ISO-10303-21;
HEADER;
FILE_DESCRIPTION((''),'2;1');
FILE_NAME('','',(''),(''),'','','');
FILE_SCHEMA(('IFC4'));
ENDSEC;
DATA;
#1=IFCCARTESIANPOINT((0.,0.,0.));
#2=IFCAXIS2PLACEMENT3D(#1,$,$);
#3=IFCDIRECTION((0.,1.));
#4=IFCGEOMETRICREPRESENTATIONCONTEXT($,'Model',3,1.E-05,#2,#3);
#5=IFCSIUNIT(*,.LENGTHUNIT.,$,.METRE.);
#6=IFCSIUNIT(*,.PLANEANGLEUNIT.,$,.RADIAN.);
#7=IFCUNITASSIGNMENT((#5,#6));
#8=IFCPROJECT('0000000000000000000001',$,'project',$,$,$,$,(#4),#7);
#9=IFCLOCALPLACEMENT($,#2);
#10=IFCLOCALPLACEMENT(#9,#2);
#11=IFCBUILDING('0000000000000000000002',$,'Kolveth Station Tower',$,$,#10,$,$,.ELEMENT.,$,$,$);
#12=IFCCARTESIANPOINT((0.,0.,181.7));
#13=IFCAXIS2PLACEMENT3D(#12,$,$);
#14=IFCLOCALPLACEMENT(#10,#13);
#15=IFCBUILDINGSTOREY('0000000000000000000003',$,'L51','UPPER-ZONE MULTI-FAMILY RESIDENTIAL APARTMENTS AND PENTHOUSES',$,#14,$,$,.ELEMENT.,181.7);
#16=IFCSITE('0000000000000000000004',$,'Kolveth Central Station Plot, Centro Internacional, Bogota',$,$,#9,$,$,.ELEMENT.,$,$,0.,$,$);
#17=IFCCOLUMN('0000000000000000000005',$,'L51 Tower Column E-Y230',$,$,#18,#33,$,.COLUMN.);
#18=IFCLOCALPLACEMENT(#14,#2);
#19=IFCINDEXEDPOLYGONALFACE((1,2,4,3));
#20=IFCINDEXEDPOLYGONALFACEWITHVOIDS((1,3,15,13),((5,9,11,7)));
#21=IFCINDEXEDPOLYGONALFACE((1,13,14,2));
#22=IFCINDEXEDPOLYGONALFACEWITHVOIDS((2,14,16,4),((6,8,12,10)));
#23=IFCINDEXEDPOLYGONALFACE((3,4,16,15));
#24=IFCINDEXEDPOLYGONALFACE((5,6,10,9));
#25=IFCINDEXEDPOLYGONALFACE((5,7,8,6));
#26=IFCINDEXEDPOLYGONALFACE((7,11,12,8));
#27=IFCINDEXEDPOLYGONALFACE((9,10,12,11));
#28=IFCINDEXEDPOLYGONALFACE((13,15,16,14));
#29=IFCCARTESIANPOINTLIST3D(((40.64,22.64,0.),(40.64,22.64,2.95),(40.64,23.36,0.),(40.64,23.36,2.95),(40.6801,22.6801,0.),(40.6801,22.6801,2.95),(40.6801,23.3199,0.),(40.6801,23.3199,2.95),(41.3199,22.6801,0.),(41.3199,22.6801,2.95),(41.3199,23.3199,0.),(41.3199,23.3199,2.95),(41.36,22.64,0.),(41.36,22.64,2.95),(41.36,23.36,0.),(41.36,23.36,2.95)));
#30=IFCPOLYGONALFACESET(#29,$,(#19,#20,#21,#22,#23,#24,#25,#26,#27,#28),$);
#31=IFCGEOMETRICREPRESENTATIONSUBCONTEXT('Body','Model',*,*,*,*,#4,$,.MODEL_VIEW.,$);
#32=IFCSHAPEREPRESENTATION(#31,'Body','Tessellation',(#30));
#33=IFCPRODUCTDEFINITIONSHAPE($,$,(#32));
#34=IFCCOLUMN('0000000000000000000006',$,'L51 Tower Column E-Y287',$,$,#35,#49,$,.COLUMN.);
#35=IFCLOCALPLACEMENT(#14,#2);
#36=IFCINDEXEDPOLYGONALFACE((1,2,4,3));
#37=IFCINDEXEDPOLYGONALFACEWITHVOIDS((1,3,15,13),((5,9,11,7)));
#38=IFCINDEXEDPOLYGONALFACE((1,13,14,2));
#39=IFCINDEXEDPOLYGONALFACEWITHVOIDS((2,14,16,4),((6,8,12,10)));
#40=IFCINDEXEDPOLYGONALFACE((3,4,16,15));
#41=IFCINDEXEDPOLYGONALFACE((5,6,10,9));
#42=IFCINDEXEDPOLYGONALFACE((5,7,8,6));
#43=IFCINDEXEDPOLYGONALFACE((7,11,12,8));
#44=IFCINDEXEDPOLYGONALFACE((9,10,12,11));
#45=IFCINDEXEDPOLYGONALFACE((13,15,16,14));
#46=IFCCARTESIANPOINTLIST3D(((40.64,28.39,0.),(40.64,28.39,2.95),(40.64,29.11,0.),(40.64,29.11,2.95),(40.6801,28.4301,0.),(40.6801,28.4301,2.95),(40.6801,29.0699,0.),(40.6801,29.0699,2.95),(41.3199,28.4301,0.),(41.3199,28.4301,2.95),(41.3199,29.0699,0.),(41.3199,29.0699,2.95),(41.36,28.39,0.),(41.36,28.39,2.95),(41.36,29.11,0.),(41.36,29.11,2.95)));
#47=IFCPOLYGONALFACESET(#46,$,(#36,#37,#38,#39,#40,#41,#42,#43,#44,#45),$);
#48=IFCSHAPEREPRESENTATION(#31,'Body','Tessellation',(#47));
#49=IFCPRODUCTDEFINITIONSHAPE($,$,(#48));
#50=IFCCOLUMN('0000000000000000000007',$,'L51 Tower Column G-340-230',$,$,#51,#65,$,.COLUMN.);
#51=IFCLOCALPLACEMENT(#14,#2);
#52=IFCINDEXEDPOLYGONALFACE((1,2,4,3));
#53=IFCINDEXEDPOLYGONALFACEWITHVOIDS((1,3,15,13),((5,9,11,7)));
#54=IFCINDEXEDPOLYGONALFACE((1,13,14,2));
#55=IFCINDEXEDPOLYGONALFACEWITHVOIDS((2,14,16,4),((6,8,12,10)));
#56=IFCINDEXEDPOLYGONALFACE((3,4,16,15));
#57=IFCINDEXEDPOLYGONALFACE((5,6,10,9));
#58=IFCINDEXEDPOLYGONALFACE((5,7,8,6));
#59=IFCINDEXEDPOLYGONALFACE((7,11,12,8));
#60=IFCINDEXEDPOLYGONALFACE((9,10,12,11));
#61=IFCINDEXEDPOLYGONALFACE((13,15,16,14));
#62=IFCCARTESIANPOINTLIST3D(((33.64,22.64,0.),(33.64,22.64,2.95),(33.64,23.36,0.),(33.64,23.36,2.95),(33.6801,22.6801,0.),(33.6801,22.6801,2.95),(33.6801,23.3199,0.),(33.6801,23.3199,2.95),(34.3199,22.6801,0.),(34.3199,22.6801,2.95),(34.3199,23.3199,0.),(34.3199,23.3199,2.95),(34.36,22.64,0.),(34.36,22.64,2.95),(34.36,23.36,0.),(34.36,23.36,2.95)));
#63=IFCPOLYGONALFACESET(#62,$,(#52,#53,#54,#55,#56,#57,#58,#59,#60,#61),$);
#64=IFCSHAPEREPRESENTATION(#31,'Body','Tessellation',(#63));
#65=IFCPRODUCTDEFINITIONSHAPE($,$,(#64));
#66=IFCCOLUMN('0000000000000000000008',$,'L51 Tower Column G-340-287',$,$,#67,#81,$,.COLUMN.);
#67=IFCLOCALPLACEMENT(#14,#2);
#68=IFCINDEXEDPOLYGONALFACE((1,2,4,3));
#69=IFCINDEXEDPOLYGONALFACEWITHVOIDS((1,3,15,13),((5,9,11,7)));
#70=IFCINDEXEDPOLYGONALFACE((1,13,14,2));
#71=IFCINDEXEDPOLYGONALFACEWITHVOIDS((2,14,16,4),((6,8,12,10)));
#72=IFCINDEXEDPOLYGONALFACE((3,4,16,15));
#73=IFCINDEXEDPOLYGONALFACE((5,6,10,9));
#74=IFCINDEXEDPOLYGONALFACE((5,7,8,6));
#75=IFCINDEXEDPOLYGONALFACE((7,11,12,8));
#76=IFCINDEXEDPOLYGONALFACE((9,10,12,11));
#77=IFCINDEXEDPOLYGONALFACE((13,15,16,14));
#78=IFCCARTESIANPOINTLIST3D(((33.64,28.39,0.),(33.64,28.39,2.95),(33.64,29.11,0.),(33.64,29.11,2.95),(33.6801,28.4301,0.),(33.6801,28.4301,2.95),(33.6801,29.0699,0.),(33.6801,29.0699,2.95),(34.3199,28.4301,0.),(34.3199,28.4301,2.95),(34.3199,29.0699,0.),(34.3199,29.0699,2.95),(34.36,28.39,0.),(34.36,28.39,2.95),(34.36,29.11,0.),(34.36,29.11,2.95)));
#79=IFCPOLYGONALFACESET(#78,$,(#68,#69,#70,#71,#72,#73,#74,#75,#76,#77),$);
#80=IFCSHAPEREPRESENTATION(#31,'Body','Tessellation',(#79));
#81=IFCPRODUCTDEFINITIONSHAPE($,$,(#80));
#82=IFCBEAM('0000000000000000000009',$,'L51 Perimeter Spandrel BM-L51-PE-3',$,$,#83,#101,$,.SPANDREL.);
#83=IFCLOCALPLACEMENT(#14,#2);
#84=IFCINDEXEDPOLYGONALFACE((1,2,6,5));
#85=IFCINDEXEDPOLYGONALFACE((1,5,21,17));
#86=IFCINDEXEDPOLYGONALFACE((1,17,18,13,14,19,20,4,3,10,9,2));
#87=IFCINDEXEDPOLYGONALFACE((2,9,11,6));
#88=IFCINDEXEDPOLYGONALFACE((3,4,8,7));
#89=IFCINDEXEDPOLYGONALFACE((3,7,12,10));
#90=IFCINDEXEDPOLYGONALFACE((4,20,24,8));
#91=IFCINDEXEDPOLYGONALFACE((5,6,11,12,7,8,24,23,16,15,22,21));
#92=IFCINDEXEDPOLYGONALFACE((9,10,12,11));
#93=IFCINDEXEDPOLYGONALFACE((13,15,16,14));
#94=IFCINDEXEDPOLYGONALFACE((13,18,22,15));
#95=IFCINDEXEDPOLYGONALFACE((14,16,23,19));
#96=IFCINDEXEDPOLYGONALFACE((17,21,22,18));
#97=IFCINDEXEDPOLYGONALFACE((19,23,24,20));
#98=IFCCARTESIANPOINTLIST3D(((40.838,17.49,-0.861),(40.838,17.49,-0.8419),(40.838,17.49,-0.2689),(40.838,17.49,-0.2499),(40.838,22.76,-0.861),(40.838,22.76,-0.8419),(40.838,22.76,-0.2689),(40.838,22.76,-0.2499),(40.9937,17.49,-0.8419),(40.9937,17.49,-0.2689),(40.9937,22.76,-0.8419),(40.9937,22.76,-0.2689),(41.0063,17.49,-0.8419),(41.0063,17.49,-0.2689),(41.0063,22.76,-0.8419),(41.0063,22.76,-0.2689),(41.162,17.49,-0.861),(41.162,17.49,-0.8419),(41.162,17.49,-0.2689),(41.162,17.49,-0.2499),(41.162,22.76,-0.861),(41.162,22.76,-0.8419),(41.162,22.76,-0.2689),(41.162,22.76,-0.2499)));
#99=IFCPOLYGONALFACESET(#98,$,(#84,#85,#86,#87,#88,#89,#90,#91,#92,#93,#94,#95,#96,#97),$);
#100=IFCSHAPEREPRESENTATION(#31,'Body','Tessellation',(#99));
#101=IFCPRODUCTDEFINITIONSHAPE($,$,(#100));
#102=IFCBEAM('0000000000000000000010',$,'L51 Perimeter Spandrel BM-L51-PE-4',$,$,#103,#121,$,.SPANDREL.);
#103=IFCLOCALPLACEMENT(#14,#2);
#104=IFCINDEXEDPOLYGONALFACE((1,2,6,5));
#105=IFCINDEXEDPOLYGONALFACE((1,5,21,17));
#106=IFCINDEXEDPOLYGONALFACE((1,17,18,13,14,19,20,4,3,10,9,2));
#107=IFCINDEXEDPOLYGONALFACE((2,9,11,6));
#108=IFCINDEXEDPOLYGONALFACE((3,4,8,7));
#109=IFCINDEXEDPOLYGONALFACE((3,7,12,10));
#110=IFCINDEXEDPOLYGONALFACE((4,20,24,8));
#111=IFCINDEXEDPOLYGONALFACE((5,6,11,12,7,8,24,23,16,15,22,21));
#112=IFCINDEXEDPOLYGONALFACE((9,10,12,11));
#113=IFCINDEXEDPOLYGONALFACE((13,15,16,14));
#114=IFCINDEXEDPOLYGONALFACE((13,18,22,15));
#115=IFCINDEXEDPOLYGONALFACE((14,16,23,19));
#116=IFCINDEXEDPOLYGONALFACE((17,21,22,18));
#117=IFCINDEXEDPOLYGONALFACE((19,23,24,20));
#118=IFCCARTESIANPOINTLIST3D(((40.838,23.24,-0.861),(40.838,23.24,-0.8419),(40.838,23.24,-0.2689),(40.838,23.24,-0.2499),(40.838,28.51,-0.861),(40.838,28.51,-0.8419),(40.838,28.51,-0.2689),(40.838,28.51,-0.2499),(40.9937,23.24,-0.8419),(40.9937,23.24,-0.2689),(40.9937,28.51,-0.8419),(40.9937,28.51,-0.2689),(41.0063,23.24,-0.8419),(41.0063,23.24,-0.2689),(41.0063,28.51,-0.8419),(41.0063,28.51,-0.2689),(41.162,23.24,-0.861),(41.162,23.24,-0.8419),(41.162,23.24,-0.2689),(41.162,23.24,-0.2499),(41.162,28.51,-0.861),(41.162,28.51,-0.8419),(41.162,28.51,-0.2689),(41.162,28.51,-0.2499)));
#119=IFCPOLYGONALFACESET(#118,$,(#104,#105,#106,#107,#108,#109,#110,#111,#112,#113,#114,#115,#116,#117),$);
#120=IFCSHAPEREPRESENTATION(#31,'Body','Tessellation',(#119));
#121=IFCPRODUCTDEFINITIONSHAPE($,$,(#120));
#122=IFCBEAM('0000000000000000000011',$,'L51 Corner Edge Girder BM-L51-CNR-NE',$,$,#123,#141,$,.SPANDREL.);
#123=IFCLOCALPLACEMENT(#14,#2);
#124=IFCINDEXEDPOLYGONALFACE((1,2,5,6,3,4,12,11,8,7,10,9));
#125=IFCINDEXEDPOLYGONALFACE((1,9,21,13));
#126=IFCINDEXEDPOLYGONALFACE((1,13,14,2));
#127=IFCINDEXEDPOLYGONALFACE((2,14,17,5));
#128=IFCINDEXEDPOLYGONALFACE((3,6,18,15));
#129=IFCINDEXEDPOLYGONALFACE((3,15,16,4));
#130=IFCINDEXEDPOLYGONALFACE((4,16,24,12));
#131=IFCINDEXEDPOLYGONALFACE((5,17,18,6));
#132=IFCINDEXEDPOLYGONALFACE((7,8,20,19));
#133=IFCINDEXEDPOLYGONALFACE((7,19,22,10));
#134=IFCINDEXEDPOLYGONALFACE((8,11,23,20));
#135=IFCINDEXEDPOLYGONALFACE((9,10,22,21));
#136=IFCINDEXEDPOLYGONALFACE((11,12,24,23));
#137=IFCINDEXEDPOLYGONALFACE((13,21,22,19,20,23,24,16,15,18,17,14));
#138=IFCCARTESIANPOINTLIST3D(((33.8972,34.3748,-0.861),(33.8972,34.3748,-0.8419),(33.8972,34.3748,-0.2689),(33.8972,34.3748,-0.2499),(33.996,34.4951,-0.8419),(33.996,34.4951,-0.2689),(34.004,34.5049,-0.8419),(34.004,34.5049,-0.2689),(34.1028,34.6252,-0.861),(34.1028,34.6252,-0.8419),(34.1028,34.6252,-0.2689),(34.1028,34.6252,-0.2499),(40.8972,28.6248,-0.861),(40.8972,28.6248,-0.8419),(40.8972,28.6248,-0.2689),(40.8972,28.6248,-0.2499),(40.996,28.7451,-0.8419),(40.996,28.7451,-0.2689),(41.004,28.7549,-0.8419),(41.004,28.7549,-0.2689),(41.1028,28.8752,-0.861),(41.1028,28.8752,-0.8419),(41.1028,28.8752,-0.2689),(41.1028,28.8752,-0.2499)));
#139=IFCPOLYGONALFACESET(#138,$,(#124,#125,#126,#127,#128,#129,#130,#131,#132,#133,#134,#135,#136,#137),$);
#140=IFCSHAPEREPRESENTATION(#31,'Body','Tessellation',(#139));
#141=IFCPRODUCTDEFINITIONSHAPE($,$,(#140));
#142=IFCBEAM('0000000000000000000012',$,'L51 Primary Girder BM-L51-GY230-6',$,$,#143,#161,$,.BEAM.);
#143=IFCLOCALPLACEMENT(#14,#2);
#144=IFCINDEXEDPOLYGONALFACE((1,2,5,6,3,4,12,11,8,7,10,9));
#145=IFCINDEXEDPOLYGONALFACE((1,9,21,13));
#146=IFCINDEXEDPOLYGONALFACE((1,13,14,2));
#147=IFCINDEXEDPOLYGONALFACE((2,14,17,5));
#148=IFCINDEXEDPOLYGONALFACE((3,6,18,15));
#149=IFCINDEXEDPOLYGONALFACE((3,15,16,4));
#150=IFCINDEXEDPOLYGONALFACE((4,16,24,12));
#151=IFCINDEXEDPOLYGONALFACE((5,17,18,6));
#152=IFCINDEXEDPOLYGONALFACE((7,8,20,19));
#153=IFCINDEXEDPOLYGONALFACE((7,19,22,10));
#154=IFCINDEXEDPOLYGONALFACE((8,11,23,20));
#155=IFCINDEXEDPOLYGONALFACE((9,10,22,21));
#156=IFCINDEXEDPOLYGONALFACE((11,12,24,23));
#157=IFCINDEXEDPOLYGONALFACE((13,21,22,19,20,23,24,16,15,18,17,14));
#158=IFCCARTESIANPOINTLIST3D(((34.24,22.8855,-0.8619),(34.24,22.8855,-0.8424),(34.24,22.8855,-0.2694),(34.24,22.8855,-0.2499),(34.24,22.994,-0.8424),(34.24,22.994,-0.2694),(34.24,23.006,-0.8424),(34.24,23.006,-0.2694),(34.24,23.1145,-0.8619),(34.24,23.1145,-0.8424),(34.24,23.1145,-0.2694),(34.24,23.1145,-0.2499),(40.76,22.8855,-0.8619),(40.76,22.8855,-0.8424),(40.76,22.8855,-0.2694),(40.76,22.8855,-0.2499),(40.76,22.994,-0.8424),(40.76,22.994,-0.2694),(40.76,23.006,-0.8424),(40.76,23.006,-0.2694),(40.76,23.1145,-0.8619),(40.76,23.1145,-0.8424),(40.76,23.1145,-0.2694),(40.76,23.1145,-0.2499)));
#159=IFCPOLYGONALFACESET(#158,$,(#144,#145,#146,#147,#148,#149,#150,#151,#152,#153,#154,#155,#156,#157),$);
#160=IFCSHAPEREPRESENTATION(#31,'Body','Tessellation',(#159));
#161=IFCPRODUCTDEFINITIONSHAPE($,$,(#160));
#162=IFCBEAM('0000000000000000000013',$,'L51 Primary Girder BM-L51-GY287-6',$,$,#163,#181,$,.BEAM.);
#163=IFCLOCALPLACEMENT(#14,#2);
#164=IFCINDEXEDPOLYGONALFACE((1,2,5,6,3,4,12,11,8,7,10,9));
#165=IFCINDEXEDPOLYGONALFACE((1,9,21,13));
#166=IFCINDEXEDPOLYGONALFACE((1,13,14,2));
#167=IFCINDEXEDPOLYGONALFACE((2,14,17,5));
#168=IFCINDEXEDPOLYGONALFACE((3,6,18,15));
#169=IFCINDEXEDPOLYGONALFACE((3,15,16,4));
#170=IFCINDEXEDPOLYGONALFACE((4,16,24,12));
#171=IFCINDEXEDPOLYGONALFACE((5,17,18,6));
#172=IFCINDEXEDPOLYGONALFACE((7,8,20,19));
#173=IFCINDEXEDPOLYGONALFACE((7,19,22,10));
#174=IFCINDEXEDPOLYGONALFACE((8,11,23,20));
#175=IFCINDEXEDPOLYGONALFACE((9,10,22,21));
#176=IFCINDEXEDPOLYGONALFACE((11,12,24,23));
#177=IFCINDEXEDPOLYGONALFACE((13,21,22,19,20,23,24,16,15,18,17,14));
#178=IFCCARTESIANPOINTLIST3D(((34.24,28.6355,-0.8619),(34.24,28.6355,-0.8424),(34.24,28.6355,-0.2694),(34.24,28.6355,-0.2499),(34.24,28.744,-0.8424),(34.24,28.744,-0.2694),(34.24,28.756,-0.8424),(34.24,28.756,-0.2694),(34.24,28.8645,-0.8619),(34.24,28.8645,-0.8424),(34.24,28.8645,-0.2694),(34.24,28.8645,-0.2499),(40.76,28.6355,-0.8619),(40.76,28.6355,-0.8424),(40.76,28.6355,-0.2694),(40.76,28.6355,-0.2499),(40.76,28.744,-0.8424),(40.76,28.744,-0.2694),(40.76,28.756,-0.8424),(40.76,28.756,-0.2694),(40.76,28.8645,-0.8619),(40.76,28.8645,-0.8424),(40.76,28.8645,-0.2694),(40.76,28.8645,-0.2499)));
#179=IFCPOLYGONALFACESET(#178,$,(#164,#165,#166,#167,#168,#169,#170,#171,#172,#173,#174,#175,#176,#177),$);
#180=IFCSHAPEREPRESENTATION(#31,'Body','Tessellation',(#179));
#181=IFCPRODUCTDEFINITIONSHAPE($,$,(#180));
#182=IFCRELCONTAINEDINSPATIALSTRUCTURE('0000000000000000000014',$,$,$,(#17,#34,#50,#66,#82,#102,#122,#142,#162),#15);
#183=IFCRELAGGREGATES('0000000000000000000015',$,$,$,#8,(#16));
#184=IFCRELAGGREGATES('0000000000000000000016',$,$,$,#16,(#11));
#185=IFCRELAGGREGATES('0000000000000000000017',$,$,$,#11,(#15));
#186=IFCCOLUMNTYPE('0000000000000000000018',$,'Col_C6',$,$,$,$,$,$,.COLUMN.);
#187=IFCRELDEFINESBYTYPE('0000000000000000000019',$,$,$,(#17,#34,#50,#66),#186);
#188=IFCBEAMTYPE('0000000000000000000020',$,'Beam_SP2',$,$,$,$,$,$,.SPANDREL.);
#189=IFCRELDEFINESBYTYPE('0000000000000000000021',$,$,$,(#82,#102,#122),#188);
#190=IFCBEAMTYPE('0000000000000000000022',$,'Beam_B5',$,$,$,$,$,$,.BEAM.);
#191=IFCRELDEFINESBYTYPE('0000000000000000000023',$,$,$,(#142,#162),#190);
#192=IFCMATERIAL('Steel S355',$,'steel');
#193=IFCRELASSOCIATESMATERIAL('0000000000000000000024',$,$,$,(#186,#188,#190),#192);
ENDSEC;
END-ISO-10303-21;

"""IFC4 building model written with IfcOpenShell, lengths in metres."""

from ifc_helpers import new_model, si_unit, direction, frame, origin, origin_2d, place, context, subcontext, project, spatial, hollow_rectangle, i_section, extrude, source, transform, mapped, material, material_profile, profile_set, type_object, element, save


model = new_model("IFC4")

# Units and contexts
model_context = context("Model", 3, precision=1e-05, world=origin(), true_north=direction((0.0, 1.0)))
body_context = subcontext(model_context, "Body", "Model", "MODEL_VIEW")
ifc_project = project(units=[si_unit("LENGTHUNIT", "METRE"), si_unit("PLANEANGLEUNIT", "RADIAN")], contexts=[model_context])

# Site, building, storey
site_placement = place(None, origin())
site = spatial("IfcSite", under=ifc_project, at=site_placement, Name="Kolveth Central Station Plot, Centro Internacional, Bogota", CompositionType="ELEMENT", RefElevation=0.0)
building_placement = place(site_placement, origin())
building = spatial("IfcBuilding", under=site, at=building_placement, Name="Kolveth Station Tower", CompositionType="ELEMENT")
storey_placement = place(building_placement, frame((0.0, 0.0, 181.7)))
storey = spatial("IfcBuildingStorey", under=building, at=storey_placement, Name="L51", Description="UPPER-ZONE MULTI-FAMILY RESIDENTIAL APARTMENTS AND PENTHOUSES", CompositionType="ELEMENT", Elevation=181.7)

# Columns
ifc_material_1 = material(Name="Steel S355", Category="steel")
ifc_material_profile_1 = material_profile(ifc_material_1, hollow_rectangle(XDim=0.72, YDim=0.72, WallThickness=0.04, at=origin_2d()), Name="BOX720x720x40")
ifc_profile_set_1 = profile_set([ifc_material_profile_1], Name="Steel S355")
column_type = type_object("IfcColumnType", Name="Col_C6", PredefinedType="COLUMN", material=ifc_profile_set_1)
shared_shape_1 = source(origin(), body_context, "Body", "SweptSolid", [
    extrude(hollow_rectangle(XDim=0.72, YDim=0.72, WallThickness=0.04, at=origin_2d()), origin(), (0.0, 0.0, 1.0), 2.95),
])
for number, where, z_axis, x_axis, name in (
    (1, (41.0, 23.0, 0.0), (0.0, 0.0, 1.0), (1.0, 0.0, 0.0), "L51 Tower Column E-Y230"),
    (2, (41.0, 28.75, 0.0), (0.0, 0.0, 1.0), (1.0, 0.0, 0.0), "L51 Tower Column E-Y287"),
    (3, (34.0, 23.0, 0.0), (0.0, 0.0, 1.0), (1.0, 0.0, 0.0), "L51 Tower Column G-340-230"),
    (4, (34.0, 28.75, 0.0), (0.0, 0.0, 1.0), (1.0, 0.0, 0.0), "L51 Tower Column G-340-287"),
):
    element("IfcColumn", number, at=place(storey_placement, frame(where, z_axis=z_axis, x_axis=x_axis)), inside=storey, type_object=column_type, Name=name, PredefinedType="COLUMN", context=body_context, shape_type="MappedRepresentation", body=[
        mapped(shared_shape_1, transform((0.0, 0.0, 0.0), x_axis=(1.0, 0.0, 0.0), y_axis=(0.0, 1.0, 0.0), z_axis=(0.0, 0.0, 1.0), scale=1.0)),
    ])

# Beams
ifc_material_profile_2 = material_profile(ifc_material_1, i_section(OverallWidth=0.324, OverallDepth=0.6111, WebThickness=0.0127, FlangeThickness=0.019, at=origin_2d()), Name="W610x155")
ifc_profile_set_2 = profile_set([ifc_material_profile_2], Name="Steel S355")
beam_type_1 = type_object("IfcBeamType", Name="Beam_SP2", PredefinedType="SPANDREL", material=ifc_profile_set_2)
shared_shape_2 = source(origin(), body_context, "Body", "SweptSolid", [
    extrude(i_section(OverallWidth=0.324, OverallDepth=0.6111, WebThickness=0.0127, FlangeThickness=0.019, at=origin_2d()), origin(), (0.0, 0.0, 1.0), 5.27),
])
for number, where, z_axis, x_axis, name in (
    (5, (41.0, 17.49, -0.5554), (0.0, 1.0, 0.0), (-1.0, 0.0, 0.0), "L51 Perimeter Spandrel BM-L51-PE-3"),
    (6, (41.0, 23.24, -0.5554), (0.0, 1.0, 0.0), (-1.0, 0.0, 0.0), "L51 Perimeter Spandrel BM-L51-PE-4"),
):
    element("IfcBeam", number, at=place(storey_placement, frame(where, z_axis=z_axis, x_axis=x_axis)), inside=storey, type_object=beam_type_1, Name=name, PredefinedType="SPANDREL", context=body_context, shape_type="MappedRepresentation", body=[
        mapped(shared_shape_2, transform((0.0, 0.0, 0.0), x_axis=(1.0, 0.0, 0.0), y_axis=(0.0, 1.0, 0.0), z_axis=(0.0, 0.0, 1.0), scale=1.0)),
    ])
shared_shape_3 = source(origin(), body_context, "Body", "SweptSolid", [
    extrude(i_section(OverallWidth=0.324, OverallDepth=0.6111, WebThickness=0.0127, FlangeThickness=0.019, at=origin_2d()), origin(), (0.0, 0.0, 1.0), 9.0588),
])
beam_placement = place(storey_placement, frame((41.0, 28.75, -0.5554), z_axis=(-0.772726, 0.634739, 0.0), x_axis=(-0.634739, -0.772726, 0.0)))
element("IfcBeam", 7, at=beam_placement, inside=storey, type_object=beam_type_1, Name="L51 Corner Edge Girder BM-L51-CNR-NE", PredefinedType="SPANDREL", context=body_context, shape_type="MappedRepresentation", body=[
    mapped(shared_shape_3, transform((0.0, 0.0, 0.0), x_axis=(1.0, 0.0, 0.0), y_axis=(0.0, 1.0, 0.0), z_axis=(0.0, 0.0, 1.0), scale=1.0)),
])
ifc_material_profile_3 = material_profile(ifc_material_1, i_section(OverallWidth=0.229, OverallDepth=0.6121, WebThickness=0.012, FlangeThickness=0.0195, at=origin_2d()), Name="W610x125")
ifc_profile_set_3 = profile_set([ifc_material_profile_3], Name="Steel S355")
beam_type_2 = type_object("IfcBeamType", Name="Beam_B5", PredefinedType="BEAM", material=ifc_profile_set_3)
shared_shape_4 = source(origin(), body_context, "Body", "SweptSolid", [
    extrude(i_section(OverallWidth=0.229, OverallDepth=0.6121, WebThickness=0.012, FlangeThickness=0.0195, at=origin_2d()), origin(), (0.0, 0.0, 1.0), 6.52),
])
for number, where, z_axis, x_axis, name in (
    (8, (34.24, 23.0, -0.5559), (1.0, 0.0, 0.0), (0.0, 1.0, 0.0), "L51 Primary Girder BM-L51-GY230-6"),
    (9, (34.24, 28.75, -0.5559), (1.0, 0.0, 0.0), (0.0, 1.0, 0.0), "L51 Primary Girder BM-L51-GY287-6"),
):
    element("IfcBeam", number, at=place(storey_placement, frame(where, z_axis=z_axis, x_axis=x_axis)), inside=storey, type_object=beam_type_2, Name=name, PredefinedType="BEAM", context=body_context, shape_type="MappedRepresentation", body=[
        mapped(shared_shape_4, transform((0.0, 0.0, 0.0), x_axis=(1.0, 0.0, 0.0), y_axis=(0.0, 1.0, 0.0), z_axis=(0.0, 0.0, 1.0), scale=1.0)),
    ])

save(model, "model.ifc")
